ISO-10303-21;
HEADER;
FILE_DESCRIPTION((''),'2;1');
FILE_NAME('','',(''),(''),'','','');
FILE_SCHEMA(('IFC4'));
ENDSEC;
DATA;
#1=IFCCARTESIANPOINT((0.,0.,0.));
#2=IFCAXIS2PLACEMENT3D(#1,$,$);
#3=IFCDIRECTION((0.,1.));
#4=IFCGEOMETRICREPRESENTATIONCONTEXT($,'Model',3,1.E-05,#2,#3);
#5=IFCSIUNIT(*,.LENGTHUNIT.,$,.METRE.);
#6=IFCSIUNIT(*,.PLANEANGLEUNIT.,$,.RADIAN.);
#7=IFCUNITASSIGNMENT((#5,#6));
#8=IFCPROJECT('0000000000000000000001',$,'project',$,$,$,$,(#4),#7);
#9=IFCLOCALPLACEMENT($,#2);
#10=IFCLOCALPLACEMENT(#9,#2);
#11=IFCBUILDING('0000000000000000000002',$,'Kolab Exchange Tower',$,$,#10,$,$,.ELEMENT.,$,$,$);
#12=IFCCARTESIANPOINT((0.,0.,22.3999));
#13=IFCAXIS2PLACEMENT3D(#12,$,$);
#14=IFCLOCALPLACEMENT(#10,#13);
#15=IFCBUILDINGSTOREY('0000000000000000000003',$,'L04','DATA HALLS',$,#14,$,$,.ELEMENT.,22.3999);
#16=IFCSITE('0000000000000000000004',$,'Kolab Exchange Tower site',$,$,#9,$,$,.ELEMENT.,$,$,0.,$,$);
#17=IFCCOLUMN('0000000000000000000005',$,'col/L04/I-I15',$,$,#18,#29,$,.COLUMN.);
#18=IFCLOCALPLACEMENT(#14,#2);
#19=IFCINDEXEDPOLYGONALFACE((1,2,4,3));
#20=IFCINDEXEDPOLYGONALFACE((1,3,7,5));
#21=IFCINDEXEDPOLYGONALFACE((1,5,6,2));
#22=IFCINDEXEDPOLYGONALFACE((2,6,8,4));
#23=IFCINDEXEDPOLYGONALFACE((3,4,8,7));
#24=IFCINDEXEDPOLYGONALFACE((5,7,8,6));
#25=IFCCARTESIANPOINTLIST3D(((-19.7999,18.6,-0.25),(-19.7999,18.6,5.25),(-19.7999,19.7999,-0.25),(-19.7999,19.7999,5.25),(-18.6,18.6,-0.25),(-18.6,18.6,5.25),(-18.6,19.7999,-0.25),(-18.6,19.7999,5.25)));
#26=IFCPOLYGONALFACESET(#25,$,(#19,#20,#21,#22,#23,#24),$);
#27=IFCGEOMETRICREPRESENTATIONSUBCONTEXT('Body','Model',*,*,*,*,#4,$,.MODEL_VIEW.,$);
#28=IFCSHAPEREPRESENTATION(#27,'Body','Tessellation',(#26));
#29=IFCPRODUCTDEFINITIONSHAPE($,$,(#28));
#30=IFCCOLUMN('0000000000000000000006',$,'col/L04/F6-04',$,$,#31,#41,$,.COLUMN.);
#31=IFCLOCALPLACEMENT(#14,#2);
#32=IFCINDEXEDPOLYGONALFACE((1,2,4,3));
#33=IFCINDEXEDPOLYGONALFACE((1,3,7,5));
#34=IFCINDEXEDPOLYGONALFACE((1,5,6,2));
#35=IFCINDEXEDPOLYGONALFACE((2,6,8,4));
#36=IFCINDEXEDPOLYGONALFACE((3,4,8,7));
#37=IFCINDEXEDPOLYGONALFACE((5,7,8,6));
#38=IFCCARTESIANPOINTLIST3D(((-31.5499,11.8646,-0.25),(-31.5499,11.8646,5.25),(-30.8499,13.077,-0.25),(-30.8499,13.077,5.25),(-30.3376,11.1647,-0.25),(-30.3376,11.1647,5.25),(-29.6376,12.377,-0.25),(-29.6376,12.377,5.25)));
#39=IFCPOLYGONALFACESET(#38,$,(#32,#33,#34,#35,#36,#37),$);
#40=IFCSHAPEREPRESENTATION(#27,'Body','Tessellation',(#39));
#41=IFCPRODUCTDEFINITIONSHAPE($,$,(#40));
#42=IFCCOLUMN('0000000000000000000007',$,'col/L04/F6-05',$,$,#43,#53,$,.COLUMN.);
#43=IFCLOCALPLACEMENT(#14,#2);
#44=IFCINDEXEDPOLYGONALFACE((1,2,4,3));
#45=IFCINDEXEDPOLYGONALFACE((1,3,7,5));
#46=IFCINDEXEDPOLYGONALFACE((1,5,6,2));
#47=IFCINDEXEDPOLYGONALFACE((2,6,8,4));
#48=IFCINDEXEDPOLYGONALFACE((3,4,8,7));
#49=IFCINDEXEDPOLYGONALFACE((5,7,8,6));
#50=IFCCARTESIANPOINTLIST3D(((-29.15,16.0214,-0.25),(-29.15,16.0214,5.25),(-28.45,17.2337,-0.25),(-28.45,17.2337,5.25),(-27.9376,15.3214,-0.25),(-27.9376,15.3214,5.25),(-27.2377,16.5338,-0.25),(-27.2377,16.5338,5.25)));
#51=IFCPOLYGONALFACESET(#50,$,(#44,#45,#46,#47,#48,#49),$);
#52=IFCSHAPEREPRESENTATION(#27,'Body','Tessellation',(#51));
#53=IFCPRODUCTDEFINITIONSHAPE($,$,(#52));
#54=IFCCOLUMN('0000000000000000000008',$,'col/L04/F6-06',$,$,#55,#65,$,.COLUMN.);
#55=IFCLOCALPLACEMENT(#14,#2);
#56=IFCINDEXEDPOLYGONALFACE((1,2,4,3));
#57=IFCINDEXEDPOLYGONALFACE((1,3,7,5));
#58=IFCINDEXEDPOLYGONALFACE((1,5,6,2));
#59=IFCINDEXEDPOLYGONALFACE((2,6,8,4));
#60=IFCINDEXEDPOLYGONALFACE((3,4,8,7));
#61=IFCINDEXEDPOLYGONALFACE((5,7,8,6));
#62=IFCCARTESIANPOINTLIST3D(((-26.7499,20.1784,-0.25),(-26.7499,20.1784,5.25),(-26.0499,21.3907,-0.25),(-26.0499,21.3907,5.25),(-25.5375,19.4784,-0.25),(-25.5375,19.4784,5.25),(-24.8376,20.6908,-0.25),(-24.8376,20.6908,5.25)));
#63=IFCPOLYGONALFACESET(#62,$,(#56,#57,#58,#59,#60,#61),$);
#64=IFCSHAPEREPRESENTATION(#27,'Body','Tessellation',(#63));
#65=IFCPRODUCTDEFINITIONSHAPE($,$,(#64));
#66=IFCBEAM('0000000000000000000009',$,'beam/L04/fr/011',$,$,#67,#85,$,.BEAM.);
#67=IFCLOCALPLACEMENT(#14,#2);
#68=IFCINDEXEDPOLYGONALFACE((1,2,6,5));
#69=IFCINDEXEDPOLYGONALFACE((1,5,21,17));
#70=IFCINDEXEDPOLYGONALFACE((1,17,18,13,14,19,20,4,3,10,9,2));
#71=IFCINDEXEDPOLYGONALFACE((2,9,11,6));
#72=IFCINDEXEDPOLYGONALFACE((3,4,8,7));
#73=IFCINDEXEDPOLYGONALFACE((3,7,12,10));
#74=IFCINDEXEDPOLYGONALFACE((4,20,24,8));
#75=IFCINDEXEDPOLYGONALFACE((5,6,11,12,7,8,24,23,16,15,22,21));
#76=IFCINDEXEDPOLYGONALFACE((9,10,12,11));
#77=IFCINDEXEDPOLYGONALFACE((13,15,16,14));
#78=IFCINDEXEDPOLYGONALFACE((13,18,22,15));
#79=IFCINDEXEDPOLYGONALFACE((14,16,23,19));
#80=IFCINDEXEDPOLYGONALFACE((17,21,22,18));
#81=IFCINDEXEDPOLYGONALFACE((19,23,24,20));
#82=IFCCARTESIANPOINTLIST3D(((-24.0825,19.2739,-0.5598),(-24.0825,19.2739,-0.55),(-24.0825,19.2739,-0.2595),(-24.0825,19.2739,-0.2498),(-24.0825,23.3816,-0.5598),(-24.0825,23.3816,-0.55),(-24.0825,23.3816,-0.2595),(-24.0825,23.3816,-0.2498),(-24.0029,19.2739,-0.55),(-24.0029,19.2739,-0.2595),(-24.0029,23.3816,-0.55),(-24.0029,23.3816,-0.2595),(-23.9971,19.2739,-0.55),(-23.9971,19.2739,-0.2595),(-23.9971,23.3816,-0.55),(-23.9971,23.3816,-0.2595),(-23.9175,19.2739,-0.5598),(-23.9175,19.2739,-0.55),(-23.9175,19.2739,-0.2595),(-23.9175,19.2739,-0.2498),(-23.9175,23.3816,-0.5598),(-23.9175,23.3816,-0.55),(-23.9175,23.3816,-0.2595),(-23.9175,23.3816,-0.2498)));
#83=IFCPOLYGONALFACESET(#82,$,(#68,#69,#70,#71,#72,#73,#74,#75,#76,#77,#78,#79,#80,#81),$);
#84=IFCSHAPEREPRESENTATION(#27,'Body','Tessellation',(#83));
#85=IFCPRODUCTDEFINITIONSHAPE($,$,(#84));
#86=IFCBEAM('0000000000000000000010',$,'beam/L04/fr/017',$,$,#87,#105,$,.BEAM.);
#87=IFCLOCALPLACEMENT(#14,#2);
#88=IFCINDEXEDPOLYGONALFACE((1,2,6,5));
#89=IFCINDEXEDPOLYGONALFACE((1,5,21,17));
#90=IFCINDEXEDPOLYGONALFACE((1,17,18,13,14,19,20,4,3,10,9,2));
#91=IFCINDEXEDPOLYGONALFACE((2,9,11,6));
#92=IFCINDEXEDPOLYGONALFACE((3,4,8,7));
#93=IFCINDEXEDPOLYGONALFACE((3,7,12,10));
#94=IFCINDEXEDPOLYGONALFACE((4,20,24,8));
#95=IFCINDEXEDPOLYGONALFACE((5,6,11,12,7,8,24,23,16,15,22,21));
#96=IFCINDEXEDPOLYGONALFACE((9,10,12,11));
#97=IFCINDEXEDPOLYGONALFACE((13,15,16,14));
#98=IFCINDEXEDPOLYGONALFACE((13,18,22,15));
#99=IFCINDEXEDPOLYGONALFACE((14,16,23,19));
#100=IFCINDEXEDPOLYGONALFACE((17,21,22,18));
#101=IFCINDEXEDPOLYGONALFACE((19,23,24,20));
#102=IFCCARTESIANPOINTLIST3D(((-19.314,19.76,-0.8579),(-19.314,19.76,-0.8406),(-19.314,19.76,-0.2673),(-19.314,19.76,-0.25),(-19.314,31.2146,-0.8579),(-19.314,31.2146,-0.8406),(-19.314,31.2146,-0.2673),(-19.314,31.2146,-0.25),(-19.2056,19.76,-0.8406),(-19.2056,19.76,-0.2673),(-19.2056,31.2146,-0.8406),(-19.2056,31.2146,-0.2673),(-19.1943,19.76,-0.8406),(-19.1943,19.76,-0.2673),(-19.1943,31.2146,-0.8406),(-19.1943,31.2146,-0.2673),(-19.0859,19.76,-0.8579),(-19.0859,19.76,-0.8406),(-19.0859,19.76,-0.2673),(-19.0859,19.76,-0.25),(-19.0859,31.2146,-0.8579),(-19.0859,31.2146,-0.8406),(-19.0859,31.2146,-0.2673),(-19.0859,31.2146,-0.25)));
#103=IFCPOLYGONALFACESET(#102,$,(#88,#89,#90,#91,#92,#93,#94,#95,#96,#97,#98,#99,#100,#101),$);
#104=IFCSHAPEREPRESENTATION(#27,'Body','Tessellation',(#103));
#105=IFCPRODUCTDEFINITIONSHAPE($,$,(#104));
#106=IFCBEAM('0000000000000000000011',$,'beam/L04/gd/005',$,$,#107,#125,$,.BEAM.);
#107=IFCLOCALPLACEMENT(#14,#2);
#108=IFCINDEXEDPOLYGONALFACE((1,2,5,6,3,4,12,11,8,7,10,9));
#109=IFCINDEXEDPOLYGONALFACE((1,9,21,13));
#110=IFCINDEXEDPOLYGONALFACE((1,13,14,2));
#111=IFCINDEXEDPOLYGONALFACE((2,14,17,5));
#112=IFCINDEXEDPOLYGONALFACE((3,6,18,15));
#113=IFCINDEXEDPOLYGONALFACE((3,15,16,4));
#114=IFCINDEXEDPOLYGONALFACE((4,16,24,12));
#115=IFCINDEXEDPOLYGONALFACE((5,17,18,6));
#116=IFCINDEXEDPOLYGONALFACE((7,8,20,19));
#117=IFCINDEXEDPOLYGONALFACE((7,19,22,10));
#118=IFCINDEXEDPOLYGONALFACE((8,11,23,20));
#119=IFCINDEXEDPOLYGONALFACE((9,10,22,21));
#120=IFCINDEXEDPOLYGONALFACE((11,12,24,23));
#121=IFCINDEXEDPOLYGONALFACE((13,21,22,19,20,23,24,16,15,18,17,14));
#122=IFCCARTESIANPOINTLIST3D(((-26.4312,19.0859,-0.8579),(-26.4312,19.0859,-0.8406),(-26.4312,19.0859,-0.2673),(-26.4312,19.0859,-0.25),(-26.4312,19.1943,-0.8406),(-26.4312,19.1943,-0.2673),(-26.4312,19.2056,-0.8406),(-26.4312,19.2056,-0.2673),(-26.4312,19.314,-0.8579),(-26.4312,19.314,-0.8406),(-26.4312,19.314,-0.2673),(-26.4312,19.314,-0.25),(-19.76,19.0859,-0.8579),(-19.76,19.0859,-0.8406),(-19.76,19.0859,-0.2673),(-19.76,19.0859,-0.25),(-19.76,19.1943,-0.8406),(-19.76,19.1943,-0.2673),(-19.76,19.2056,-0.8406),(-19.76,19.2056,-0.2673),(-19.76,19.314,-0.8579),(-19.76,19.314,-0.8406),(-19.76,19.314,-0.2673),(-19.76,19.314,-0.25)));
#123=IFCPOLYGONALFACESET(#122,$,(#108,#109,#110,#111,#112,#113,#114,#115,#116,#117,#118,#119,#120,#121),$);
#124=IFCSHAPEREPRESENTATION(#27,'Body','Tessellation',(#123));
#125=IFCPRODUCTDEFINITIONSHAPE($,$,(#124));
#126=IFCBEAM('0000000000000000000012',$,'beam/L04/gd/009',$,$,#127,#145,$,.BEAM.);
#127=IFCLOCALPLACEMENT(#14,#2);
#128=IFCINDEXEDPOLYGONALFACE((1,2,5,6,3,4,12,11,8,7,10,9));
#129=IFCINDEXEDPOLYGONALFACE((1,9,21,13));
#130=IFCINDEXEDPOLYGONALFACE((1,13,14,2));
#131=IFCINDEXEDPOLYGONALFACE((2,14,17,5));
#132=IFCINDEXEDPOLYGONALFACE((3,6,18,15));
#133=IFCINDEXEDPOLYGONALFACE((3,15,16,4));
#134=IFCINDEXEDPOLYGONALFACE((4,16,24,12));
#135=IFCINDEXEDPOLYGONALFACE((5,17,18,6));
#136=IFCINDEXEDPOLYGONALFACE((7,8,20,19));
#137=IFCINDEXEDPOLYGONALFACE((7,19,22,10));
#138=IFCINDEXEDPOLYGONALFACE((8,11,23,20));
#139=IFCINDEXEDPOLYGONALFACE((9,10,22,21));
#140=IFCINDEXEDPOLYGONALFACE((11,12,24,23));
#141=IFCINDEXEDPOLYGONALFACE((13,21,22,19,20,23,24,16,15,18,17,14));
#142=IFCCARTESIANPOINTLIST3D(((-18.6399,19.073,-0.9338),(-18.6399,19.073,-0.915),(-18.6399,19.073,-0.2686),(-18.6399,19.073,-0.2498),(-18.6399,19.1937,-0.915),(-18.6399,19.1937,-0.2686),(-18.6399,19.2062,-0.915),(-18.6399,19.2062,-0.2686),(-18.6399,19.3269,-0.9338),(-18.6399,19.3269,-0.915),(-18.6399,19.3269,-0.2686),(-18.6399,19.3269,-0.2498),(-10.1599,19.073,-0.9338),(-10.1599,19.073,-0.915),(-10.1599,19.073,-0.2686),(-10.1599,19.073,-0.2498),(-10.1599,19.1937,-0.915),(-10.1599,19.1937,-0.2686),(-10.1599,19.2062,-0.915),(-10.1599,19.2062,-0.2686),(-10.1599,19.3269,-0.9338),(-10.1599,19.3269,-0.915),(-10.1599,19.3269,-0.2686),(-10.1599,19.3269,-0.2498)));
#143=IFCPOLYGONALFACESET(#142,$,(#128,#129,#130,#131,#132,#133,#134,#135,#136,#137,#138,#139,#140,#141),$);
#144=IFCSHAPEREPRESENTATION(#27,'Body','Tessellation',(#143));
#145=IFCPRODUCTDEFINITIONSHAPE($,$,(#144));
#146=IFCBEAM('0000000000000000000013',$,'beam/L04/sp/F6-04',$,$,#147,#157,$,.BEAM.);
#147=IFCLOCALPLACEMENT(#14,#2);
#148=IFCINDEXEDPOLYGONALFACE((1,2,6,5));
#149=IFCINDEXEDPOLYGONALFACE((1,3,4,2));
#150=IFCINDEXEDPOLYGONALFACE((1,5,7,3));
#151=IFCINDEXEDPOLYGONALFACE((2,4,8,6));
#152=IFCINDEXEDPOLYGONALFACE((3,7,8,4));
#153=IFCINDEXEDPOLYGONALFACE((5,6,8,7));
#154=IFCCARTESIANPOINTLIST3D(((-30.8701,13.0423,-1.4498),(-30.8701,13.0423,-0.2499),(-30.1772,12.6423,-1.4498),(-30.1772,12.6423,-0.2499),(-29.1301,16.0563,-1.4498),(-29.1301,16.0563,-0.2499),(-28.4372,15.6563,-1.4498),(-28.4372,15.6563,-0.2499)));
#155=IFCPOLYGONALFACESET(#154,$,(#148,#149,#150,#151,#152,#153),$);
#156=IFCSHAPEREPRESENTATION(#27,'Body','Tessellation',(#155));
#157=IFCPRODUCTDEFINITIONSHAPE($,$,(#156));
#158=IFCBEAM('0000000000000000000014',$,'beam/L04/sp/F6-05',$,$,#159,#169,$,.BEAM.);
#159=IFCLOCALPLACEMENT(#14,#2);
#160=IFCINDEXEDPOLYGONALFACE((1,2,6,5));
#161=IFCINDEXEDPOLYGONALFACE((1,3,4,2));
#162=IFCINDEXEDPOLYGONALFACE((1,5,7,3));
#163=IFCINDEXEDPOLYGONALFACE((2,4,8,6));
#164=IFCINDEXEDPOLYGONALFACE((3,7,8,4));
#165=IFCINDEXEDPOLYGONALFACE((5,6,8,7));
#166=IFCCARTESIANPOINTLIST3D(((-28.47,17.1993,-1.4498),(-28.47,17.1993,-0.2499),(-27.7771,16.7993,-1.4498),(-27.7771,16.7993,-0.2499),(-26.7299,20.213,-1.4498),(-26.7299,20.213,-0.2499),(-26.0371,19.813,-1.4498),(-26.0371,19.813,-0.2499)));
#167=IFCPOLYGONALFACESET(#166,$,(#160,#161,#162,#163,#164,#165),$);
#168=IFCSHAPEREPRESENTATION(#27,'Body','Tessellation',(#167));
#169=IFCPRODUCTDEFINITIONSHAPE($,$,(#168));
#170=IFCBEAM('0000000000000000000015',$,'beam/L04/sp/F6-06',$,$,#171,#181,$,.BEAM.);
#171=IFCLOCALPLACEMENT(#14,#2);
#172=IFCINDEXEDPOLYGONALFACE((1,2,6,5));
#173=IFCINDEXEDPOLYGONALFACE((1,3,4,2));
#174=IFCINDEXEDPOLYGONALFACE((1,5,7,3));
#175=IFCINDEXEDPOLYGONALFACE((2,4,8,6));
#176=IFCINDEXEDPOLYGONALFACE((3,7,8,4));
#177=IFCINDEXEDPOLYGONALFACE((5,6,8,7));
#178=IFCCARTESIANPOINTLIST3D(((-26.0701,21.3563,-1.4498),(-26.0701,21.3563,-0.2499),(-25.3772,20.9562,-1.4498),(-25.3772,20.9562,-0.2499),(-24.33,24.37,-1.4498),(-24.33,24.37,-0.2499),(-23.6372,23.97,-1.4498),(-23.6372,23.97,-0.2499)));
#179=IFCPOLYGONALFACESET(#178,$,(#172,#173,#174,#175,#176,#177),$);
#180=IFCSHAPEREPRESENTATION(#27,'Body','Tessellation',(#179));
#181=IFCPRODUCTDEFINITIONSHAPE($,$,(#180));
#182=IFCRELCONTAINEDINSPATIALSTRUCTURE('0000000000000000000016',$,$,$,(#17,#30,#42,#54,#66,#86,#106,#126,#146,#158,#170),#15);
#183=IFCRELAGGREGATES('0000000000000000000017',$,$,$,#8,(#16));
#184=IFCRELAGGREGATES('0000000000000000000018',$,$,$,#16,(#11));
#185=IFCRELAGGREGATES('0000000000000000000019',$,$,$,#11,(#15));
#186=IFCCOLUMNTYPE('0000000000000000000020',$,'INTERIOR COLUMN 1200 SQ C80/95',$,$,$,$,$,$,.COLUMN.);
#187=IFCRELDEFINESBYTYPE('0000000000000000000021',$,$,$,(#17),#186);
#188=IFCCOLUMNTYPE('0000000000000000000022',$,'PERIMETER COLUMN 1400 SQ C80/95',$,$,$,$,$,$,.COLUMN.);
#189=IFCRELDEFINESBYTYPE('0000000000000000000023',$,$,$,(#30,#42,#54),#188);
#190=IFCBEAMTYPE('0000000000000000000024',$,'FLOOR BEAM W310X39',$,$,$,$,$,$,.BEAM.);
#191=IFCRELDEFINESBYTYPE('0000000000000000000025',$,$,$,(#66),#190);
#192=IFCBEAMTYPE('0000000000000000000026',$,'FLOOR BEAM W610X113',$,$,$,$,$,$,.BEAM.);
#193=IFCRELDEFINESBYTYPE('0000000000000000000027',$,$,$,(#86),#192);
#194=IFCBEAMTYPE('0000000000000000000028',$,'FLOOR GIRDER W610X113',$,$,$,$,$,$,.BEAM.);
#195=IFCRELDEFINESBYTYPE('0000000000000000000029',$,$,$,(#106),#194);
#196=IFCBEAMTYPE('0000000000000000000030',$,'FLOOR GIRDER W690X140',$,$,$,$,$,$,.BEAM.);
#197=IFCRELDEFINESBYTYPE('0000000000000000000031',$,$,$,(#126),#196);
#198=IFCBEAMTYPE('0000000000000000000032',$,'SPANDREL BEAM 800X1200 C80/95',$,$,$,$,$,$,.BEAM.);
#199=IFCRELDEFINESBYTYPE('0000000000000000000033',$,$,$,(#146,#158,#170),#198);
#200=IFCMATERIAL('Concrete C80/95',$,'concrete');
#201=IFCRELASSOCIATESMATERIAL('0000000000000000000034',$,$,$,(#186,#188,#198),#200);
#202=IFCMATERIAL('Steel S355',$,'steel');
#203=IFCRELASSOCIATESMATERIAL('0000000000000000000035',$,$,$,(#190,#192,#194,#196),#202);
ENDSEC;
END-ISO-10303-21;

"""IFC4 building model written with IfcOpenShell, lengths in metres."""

from ifc_helpers import new_model, si_unit, direction, frame, origin, origin_2d, place, context, subcontext, project, spatial, rectangle, i_section, extrude, material, material_profile, profile_set, type_object, element, save


model = new_model("IFC4")

# Units and contexts
model_context = context("Model", 3, precision=1e-05, world=origin(), true_north=direction((0.0, 1.0)))
body_context = subcontext(model_context, "Body", "Model", "MODEL_VIEW")
ifc_project = project(units=[si_unit("LENGTHUNIT", "METRE"), si_unit("PLANEANGLEUNIT", "RADIAN")], contexts=[model_context])

# Site, building, storey
site_placement = place(None, origin())
site = spatial("IfcSite", under=ifc_project, at=site_placement, Name="Kolab Exchange Tower site", CompositionType="ELEMENT", RefElevation=0.0)
building_placement = place(site_placement, origin())
building = spatial("IfcBuilding", under=site, at=building_placement, Name="Kolab Exchange Tower", CompositionType="ELEMENT")
storey_placement = place(building_placement, frame((0.0, 0.0, 22.3999)))
storey = spatial("IfcBuildingStorey", under=building, at=storey_placement, Name="L04", Description="DATA HALLS", CompositionType="ELEMENT", Elevation=22.3999)

# Columns
ifc_material_1 = material(Name="Concrete C80/95", Category="concrete")
ifc_material_profile_1 = material_profile(ifc_material_1, rectangle(XDim=1.2, YDim=1.2, at=origin_2d()), Name="RC1200")
ifc_profile_set_1 = profile_set([ifc_material_profile_1], Name="Concrete C80/95")
column_type_1 = type_object("IfcColumnType", Name="INTERIOR COLUMN 1200 SQ C80/95", PredefinedType="COLUMN", material=ifc_profile_set_1)
column_placement = place(storey_placement, frame((-19.2, 19.2, -0.25), z_axis=(0.0, 0.0, 1.0), x_axis=(1.0, 0.0, 0.0)))
element("IfcColumn", 1, at=column_placement, inside=storey, type_object=column_type_1, Name="col/L04/I-I15", PredefinedType="COLUMN", context=body_context, shape_type="SweptSolid", body=[
    extrude(rectangle(XDim=1.2, YDim=1.2, at=origin_2d()), origin(), (0.0, 0.0, 1.0), 5.5),
])
ifc_material_profile_2 = material_profile(ifc_material_1, rectangle(XDim=1.3999, YDim=1.3999, at=origin_2d()), Name="RC1400")
ifc_profile_set_2 = profile_set([ifc_material_profile_2], Name="Concrete C80/95")
column_type_2 = type_object("IfcColumnType", Name="PERIMETER COLUMN 1400 SQ C80/95", PredefinedType="COLUMN", material=ifc_profile_set_2)
for number, where, z_axis, x_axis, name in (
    (2, (-30.5938, 12.1208, -0.25), (0.0, 0.0, 1.0), (0.5, 0.866025, 0.0), "col/L04/F6-04"),
    (3, (-28.1938, 16.2776, -0.25), (0.0, 0.0, 1.0), (0.5, 0.866025, 0.0), "col/L04/F6-05"),
    (4, (-25.7937, 20.4346, -0.25), (0.0, 0.0, 1.0), (0.5, 0.866025, 0.0), "col/L04/F6-06"),
):
    element("IfcColumn", number, at=place(storey_placement, frame(where, z_axis=z_axis, x_axis=x_axis)), inside=storey, type_object=column_type_2, Name=name, PredefinedType="COLUMN", context=body_context, shape_type="SweptSolid", body=[
        extrude(rectangle(XDim=1.3999, YDim=1.3999, at=origin_2d()), origin(), (0.0, 0.0, 1.0), 5.5),
    ])

# Beams
ifc_material_2 = material(Name="Steel S355", Category="steel")
ifc_material_profile_3 = material_profile(ifc_material_2, i_section(OverallWidth=0.165, OverallDepth=0.3101, WebThickness=0.0059, FlangeThickness=0.0098, at=origin_2d()), Name="W310X39")
ifc_profile_set_3 = profile_set([ifc_material_profile_3], Name="Steel S355")
beam_type_1 = type_object("IfcBeamType", Name="FLOOR BEAM W310X39", PredefinedType="BEAM", material=ifc_profile_set_3)
beam_1_placement = place(storey_placement, frame((-24.0, 19.2739, -0.4048), z_axis=(0.0, 1.0, 0.0), x_axis=(-1.0, 0.0, 0.0)))
element("IfcBeam", 5, at=beam_1_placement, inside=storey, type_object=beam_type_1, Name="beam/L04/fr/011", PredefinedType="BEAM", context=body_context, shape_type="SweptSolid", body=[
    extrude(i_section(OverallWidth=0.165, OverallDepth=0.3101, WebThickness=0.0059, FlangeThickness=0.0098, at=origin_2d()), origin(), (0.0, 0.0, 1.0), 4.1077),
])
ifc_material_profile_4 = material_profile(ifc_material_2, i_section(OverallWidth=0.228, OverallDepth=0.6079, WebThickness=0.0112, FlangeThickness=0.0173, at=origin_2d()), Name="W610X113")
ifc_profile_set_4 = profile_set([ifc_material_profile_4], Name="Steel S355")
beam_type_2 = type_object("IfcBeamType", Name="FLOOR BEAM W610X113", PredefinedType="BEAM", material=ifc_profile_set_4)
beam_2_placement = place(storey_placement, frame((-19.2, 19.76, -0.554), z_axis=(0.0, 1.0, 0.0), x_axis=(-1.0, 0.0, 0.0)))
element("IfcBeam", 6, at=beam_2_placement, inside=storey, type_object=beam_type_2, Name="beam/L04/fr/017", PredefinedType="BEAM", context=body_context, shape_type="SweptSolid", body=[
    extrude(i_section(OverallWidth=0.228, OverallDepth=0.6079, WebThickness=0.0112, FlangeThickness=0.0173, at=origin_2d()), origin(), (0.0, 0.0, 1.0), 11.4546),
])
ifc_material_profile_5 = material_profile(ifc_material_2, i_section(OverallWidth=0.228, OverallDepth=0.6079, WebThickness=0.0112, FlangeThickness=0.0173, at=origin_2d()), Name="W610X113")
ifc_profile_set_5 = profile_set([ifc_material_profile_5], Name="Steel S355")
beam_type_3 = type_object("IfcBeamType", Name="FLOOR GIRDER W610X113", PredefinedType="BEAM", material=ifc_profile_set_5)
beam_3_placement = place(storey_placement, frame((-26.4312, 19.2, -0.554), z_axis=(1.0, 0.0, 0.0), x_axis=(0.0, 1.0, 0.0)))
element("IfcBeam", 7, at=beam_3_placement, inside=storey, type_object=beam_type_3, Name="beam/L04/gd/005", PredefinedType="BEAM", context=body_context, shape_type="SweptSolid", body=[
    extrude(i_section(OverallWidth=0.228, OverallDepth=0.6079, WebThickness=0.0112, FlangeThickness=0.0173, at=origin_2d()), origin(), (0.0, 0.0, 1.0), 6.6711),
])
ifc_material_profile_6 = material_profile(ifc_material_2, i_section(OverallWidth=0.2539, OverallDepth=0.6841, WebThickness=0.0125, FlangeThickness=0.0188, at=origin_2d()), Name="W690X140")
ifc_profile_set_6 = profile_set([ifc_material_profile_6], Name="Steel S355")
beam_type_4 = type_object("IfcBeamType", Name="FLOOR GIRDER W690X140", PredefinedType="BEAM", material=ifc_profile_set_6)
beam_4_placement = place(storey_placement, frame((-18.6399, 19.2, -0.5918), z_axis=(1.0, 0.0, 0.0), x_axis=(0.0, 1.0, 0.0)))
element("IfcBeam", 8, at=beam_4_placement, inside=storey, type_object=beam_type_4, Name="beam/L04/gd/009", PredefinedType="BEAM", context=body_context, shape_type="SweptSolid", body=[
    extrude(i_section(OverallWidth=0.2539, OverallDepth=0.6841, WebThickness=0.0125, FlangeThickness=0.0188, at=origin_2d()), origin(), (0.0, 0.0, 1.0), 8.48),
])
ifc_material_profile_7 = material_profile(ifc_material_1, rectangle(XDim=0.8, YDim=1.2, at=origin_2d()), Name="RC800X1200")
ifc_profile_set_7 = profile_set([ifc_material_profile_7], Name="Concrete C80/95")
beam_type_5 = type_object("IfcBeamType", Name="SPANDREL BEAM 800X1200 C80/95", PredefinedType="BEAM", material=ifc_profile_set_7)
beam_5_placement = place(storey_placement, frame((-30.5237, 12.8423, -0.8499), z_axis=(0.49998, 0.866037, 0.0), x_axis=(-0.866037, 0.49998, 0.0)))
element("IfcBeam", 9, at=beam_5_placement, inside=storey, type_object=beam_type_5, Name="beam/L04/sp/F6-04", PredefinedType="BEAM", context=body_context, shape_type="SweptSolid", body=[
    extrude(rectangle(XDim=0.8, YDim=1.2, at=origin_2d()), origin(), (0.0, 0.0, 1.0), 3.4802),
])
for number, where, z_axis, x_axis, name in (
    (10, (-28.1235, 16.9993, -0.8499), (0.50001, 0.86602, 0.0), (-0.86602, 0.50001, 0.0), "beam/L04/sp/F6-05"),
    (11, (-25.7236, 21.1562, -0.8499), (0.50001, 0.86602, 0.0), (-0.86602, 0.50001, 0.0), "beam/L04/sp/F6-06"),
):
    element("IfcBeam", number, at=place(storey_placement, frame(where, z_axis=z_axis, x_axis=x_axis)), inside=storey, type_object=beam_type_5, Name=name, PredefinedType="BEAM", context=body_context, shape_type="SweptSolid", body=[
        extrude(rectangle(XDim=0.8, YDim=1.2, at=origin_2d()), origin(), (0.0, 0.0, 1.0), 3.48),
    ])

save(model, "model.ifc")
